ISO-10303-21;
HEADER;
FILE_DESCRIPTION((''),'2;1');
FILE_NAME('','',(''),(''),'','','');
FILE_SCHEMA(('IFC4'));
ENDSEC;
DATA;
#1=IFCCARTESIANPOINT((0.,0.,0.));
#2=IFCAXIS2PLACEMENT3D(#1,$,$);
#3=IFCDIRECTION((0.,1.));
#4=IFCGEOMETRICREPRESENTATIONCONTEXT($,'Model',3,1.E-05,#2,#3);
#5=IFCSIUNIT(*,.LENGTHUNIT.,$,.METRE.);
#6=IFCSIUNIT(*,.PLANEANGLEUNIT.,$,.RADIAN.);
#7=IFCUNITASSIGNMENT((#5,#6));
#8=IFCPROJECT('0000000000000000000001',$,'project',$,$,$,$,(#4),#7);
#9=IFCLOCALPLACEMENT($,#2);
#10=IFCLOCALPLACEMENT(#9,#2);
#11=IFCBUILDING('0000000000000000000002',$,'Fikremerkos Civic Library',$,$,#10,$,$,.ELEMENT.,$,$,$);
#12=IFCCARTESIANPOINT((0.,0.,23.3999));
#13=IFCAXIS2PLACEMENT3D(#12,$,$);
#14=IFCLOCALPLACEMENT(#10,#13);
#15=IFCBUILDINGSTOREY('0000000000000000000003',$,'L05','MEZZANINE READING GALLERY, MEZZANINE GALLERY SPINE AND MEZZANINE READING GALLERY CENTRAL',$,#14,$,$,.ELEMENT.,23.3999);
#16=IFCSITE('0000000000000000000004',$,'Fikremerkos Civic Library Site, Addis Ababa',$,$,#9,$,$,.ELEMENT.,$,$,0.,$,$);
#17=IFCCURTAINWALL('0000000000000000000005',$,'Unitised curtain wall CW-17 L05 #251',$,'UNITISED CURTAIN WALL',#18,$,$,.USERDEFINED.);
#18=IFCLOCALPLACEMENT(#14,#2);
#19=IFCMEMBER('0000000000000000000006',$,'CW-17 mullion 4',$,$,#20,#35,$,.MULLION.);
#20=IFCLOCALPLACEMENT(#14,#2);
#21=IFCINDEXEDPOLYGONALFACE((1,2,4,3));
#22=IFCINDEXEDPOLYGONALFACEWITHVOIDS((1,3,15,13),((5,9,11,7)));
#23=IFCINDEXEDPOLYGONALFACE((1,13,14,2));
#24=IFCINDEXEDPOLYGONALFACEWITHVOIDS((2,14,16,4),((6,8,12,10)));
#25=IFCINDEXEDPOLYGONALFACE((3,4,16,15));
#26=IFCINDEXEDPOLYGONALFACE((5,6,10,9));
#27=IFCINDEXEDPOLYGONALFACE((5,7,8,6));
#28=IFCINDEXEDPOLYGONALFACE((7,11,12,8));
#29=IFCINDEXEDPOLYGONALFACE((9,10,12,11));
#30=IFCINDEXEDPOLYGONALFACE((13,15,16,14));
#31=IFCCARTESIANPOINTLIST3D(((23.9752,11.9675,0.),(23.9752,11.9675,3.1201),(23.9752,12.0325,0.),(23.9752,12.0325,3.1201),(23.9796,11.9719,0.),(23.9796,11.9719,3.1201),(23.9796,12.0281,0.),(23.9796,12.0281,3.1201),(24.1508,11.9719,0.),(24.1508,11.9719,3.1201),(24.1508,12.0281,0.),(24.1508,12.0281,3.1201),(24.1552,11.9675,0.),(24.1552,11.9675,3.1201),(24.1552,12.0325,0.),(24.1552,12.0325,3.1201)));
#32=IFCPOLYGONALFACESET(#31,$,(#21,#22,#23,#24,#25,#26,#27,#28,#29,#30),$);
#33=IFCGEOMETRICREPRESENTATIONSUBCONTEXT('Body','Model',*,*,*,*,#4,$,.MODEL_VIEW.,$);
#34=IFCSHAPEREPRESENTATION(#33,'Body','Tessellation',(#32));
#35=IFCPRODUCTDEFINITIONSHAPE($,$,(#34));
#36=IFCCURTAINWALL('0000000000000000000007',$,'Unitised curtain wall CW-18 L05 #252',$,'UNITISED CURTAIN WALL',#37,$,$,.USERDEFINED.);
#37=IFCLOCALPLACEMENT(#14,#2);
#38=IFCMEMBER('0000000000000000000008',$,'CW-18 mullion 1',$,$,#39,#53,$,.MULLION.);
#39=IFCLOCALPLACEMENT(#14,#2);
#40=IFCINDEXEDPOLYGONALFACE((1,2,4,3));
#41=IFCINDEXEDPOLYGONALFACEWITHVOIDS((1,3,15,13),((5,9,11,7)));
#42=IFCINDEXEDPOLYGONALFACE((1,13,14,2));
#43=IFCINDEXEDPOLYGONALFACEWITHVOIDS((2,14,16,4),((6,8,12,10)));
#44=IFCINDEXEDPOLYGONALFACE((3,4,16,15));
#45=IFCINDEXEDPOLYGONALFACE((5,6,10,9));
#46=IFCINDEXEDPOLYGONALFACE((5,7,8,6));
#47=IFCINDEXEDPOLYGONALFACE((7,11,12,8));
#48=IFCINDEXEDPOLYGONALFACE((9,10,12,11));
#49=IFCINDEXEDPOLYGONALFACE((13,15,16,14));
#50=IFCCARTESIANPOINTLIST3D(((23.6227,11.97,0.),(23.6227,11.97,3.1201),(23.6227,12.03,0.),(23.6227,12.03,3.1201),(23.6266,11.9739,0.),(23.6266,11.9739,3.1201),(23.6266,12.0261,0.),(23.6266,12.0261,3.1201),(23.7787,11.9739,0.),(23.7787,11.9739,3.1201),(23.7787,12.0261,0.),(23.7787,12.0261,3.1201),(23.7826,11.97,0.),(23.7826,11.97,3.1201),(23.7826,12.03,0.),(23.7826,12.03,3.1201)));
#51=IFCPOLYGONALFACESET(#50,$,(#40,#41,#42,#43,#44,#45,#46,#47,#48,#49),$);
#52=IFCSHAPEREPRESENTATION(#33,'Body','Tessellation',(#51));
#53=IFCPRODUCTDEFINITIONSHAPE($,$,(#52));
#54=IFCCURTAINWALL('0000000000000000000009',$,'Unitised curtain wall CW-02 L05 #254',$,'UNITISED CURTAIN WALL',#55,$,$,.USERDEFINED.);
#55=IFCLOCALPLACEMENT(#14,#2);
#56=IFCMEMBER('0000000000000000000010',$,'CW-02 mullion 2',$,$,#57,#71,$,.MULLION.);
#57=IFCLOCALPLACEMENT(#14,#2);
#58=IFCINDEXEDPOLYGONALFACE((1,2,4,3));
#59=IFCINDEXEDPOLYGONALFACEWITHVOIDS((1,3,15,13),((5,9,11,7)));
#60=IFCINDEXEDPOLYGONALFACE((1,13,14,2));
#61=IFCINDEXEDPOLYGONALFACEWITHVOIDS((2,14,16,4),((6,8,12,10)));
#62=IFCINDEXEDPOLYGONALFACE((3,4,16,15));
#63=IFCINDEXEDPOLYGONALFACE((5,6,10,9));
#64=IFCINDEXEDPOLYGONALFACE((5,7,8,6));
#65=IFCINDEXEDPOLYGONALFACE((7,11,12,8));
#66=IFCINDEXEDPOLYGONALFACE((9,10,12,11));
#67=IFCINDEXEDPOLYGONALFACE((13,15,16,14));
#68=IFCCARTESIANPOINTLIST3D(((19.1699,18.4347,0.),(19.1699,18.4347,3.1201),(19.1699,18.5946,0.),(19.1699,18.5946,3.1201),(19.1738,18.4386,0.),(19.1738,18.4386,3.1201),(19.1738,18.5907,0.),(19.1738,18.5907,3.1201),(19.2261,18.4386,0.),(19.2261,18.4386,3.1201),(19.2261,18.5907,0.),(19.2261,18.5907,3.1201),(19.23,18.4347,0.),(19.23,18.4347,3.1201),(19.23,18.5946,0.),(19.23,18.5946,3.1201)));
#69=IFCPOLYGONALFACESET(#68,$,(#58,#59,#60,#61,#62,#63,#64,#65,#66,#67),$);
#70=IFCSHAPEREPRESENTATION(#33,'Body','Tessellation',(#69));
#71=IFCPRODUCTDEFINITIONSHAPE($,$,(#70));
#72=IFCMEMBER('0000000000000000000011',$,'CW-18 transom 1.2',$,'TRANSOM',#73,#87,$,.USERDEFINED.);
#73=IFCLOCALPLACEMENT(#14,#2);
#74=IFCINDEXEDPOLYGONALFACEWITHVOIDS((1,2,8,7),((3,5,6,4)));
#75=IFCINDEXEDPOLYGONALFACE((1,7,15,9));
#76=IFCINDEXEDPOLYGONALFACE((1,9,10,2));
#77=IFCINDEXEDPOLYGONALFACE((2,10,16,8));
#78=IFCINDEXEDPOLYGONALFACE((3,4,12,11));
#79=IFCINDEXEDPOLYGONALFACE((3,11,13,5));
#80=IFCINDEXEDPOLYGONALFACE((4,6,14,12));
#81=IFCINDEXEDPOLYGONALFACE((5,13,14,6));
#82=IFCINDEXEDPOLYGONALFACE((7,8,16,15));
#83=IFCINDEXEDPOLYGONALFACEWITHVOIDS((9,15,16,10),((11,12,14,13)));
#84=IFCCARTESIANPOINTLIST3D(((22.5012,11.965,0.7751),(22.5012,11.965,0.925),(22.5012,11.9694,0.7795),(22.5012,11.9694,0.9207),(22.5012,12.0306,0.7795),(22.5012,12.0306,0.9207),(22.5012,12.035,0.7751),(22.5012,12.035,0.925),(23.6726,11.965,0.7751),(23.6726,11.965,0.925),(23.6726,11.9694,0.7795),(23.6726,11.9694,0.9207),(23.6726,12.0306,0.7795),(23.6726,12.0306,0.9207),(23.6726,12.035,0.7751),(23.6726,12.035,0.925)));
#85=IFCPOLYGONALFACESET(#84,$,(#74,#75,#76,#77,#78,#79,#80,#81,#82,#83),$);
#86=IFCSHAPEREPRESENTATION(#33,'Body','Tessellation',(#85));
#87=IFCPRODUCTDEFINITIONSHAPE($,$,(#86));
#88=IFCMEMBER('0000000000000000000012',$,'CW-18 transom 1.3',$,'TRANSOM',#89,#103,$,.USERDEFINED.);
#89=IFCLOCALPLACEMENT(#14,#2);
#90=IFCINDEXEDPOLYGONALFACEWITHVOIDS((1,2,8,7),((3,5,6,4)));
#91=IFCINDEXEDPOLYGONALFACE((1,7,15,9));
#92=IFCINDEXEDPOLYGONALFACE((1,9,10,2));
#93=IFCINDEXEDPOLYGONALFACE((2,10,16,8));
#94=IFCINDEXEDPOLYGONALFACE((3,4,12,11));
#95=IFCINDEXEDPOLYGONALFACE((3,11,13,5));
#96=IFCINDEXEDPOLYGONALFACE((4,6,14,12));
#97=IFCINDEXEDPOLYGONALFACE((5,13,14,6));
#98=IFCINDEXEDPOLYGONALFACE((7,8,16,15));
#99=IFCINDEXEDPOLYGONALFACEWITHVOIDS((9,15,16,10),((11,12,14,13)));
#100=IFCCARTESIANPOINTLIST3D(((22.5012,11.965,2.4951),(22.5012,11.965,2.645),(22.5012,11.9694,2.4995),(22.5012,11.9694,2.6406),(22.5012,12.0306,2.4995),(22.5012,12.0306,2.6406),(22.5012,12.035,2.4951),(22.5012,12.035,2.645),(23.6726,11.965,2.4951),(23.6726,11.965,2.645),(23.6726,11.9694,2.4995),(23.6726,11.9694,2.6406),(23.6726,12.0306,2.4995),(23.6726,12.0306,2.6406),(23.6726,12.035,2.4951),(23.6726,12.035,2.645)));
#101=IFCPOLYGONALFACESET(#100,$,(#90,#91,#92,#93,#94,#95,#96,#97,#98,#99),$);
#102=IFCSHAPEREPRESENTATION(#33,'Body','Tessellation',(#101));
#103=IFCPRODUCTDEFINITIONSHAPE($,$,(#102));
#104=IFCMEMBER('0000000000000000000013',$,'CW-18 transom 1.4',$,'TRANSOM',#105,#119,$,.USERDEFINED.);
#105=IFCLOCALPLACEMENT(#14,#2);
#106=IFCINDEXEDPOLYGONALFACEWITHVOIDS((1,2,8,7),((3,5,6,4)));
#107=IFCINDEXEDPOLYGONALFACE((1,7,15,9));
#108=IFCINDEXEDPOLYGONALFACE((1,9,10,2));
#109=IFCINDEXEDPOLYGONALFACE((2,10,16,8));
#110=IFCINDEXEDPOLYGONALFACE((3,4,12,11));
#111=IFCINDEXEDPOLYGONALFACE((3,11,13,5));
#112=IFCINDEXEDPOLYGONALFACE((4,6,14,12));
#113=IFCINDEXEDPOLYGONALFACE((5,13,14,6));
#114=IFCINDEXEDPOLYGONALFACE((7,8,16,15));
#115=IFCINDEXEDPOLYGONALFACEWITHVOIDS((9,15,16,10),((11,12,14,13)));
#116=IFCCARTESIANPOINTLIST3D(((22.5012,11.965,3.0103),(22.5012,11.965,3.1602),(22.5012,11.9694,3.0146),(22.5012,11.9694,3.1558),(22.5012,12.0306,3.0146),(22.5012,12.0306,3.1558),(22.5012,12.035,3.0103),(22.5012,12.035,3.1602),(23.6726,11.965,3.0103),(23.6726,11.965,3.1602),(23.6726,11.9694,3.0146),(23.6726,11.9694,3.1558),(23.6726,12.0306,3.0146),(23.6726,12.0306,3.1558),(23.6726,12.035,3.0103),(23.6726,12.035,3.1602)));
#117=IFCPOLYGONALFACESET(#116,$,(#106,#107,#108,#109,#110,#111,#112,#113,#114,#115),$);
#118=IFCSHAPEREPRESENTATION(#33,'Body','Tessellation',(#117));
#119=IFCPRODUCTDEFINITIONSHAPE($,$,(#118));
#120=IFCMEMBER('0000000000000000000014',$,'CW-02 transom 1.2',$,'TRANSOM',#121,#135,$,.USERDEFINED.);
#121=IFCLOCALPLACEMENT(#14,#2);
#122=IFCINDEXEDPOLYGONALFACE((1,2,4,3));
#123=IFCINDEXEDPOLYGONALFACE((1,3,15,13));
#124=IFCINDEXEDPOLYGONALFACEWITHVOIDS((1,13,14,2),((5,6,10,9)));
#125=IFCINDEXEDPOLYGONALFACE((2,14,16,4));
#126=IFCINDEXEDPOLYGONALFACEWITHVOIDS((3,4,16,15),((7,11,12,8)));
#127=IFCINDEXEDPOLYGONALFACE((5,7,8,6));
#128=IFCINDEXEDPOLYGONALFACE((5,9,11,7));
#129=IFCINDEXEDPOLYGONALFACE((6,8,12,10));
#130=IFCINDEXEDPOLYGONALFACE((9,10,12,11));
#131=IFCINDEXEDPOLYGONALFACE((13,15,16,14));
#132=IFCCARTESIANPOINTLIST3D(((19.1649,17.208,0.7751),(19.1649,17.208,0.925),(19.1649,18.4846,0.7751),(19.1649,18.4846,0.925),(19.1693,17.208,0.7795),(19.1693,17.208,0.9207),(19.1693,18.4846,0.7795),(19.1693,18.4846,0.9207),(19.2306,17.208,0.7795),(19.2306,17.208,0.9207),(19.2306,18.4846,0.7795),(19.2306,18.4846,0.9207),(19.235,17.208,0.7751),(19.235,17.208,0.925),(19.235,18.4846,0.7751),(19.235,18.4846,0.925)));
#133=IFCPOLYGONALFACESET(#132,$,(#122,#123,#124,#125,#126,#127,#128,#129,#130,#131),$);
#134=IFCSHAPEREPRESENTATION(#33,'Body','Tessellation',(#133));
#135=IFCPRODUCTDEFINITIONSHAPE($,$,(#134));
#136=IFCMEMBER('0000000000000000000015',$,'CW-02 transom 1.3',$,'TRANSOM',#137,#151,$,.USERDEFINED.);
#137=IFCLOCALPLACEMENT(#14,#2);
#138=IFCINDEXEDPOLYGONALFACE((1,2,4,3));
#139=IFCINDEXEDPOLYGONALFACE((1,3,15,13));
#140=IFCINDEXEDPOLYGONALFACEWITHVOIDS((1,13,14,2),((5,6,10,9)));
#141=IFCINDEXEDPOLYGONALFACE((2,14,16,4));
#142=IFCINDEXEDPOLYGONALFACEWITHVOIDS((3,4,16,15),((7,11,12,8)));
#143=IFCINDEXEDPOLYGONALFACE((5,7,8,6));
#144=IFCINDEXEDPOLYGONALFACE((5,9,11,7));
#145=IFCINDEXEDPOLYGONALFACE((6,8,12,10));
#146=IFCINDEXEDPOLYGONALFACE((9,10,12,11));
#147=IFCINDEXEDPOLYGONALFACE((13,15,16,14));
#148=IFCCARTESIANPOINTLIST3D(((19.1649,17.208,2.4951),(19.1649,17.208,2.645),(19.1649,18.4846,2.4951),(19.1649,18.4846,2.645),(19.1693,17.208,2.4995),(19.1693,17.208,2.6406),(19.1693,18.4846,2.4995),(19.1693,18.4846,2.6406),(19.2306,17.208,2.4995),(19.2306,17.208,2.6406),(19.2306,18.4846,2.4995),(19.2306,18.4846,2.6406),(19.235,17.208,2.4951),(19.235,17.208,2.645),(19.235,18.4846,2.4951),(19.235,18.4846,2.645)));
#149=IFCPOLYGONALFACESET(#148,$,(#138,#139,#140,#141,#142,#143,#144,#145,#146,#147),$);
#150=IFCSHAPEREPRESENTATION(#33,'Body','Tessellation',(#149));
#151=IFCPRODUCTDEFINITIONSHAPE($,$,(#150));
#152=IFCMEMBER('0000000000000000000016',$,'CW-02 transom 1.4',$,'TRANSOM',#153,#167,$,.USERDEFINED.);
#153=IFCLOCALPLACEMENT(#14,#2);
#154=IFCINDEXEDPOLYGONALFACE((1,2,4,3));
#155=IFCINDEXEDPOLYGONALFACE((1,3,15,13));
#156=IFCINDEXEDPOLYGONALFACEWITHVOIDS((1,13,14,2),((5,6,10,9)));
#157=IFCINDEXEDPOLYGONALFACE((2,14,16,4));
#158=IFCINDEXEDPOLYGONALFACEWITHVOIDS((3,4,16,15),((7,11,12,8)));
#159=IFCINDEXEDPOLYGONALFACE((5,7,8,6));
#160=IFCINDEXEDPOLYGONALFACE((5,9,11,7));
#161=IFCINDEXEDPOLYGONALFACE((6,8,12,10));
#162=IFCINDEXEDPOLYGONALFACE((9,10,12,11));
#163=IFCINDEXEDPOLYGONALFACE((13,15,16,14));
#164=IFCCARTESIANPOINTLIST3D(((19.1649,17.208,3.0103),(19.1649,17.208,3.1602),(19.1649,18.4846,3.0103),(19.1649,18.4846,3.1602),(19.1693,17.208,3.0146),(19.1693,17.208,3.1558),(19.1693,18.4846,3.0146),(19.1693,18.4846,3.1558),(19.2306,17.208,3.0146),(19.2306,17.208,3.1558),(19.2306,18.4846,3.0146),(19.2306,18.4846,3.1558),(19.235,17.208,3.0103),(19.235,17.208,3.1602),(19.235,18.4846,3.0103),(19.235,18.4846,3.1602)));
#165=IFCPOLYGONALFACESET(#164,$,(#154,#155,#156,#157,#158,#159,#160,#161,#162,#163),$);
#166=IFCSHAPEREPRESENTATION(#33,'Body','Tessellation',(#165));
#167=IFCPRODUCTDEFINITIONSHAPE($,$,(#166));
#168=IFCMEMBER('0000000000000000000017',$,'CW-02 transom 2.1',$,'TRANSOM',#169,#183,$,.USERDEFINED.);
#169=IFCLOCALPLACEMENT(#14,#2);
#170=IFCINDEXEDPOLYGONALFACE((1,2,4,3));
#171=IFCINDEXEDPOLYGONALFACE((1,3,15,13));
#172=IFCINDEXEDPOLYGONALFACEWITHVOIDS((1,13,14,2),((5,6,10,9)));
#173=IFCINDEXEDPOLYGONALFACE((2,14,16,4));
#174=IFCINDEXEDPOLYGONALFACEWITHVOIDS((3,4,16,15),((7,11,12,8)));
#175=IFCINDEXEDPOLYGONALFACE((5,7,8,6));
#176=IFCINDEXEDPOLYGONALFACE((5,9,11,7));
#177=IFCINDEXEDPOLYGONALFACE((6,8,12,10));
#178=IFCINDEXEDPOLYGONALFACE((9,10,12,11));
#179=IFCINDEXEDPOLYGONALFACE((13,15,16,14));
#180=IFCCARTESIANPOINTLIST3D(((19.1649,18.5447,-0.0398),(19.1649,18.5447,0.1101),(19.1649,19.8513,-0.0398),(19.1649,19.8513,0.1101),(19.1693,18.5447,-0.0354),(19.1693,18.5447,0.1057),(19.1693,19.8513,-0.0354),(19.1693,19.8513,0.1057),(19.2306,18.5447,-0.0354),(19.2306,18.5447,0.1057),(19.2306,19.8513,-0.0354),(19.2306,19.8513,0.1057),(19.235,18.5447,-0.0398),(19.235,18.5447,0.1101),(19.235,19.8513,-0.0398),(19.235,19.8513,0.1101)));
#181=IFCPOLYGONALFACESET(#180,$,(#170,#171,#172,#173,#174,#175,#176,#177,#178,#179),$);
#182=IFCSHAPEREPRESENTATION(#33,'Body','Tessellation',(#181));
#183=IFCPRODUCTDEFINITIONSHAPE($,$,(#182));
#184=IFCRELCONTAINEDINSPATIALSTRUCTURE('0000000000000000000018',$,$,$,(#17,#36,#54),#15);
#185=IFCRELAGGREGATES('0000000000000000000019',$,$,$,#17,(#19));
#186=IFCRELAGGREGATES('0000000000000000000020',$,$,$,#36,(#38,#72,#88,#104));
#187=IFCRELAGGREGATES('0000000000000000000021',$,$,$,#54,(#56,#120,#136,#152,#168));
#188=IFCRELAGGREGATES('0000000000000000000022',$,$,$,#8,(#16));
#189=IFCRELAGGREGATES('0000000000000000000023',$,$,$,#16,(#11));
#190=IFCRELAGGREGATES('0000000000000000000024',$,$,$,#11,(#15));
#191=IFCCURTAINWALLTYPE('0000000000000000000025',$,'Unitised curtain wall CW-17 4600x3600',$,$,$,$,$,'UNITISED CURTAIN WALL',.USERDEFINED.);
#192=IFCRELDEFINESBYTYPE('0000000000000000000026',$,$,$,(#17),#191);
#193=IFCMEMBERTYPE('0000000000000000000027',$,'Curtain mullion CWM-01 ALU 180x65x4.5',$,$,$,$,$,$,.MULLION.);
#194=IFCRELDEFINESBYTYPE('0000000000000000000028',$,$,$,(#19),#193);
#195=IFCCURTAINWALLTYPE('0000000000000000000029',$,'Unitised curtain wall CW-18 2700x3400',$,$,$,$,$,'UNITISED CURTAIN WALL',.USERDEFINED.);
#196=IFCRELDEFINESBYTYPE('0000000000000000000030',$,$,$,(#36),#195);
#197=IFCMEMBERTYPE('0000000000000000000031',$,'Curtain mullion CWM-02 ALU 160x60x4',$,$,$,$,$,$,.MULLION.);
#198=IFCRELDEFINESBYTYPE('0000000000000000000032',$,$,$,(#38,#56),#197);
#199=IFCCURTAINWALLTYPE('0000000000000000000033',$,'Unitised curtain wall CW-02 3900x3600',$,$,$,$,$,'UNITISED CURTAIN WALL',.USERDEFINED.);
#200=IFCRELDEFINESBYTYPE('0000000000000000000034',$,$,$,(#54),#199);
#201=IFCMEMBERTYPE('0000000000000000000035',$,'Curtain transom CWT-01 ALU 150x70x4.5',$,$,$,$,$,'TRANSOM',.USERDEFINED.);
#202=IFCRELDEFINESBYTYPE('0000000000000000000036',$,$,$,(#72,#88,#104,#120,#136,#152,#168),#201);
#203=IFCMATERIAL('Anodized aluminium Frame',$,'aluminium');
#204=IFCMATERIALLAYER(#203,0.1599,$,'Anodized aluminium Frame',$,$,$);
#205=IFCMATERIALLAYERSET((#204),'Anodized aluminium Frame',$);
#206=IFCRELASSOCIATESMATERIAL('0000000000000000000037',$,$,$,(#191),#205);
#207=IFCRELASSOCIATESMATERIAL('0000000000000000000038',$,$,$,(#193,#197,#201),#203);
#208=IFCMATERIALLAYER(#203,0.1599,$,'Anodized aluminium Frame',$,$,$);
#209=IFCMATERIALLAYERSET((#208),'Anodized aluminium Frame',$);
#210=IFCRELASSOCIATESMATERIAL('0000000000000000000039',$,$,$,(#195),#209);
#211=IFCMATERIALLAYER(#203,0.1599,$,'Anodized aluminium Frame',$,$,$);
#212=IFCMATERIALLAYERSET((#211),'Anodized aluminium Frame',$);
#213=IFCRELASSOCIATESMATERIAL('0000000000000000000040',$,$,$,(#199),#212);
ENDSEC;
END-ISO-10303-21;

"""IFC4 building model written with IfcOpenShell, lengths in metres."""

from ifc_helpers import new_model, si_unit, direction, frame, origin, origin_2d, place, context, subcontext, project, spatial, hollow_rectangle, extrude, material, layer, layer_set, material_profile, profile_set, type_object, element, aggregate, save


model = new_model("IFC4")

# Units and contexts
model_context = context("Model", 3, precision=1e-05, world=origin(), true_north=direction((0.0, 1.0)))
body_context = subcontext(model_context, "Body", "Model", "MODEL_VIEW")
ifc_project = project(units=[si_unit("LENGTHUNIT", "METRE"), si_unit("PLANEANGLEUNIT", "RADIAN")], contexts=[model_context])

# Site, building, storey
site_placement = place(None, origin())
site = spatial("IfcSite", under=ifc_project, at=site_placement, Name="Fikremerkos Civic Library Site, Addis Ababa", CompositionType="ELEMENT", RefElevation=0.0)
building_placement = place(site_placement, origin())
building = spatial("IfcBuilding", under=site, at=building_placement, Name="Fikremerkos Civic Library", CompositionType="ELEMENT")
storey_placement = place(building_placement, frame((0.0, 0.0, 23.3999)))
storey = spatial("IfcBuildingStorey", under=building, at=storey_placement, Name="L05", Description="MEZZANINE READING GALLERY, MEZZANINE GALLERY SPINE AND MEZZANINE READING GALLERY CENTRAL", CompositionType="ELEMENT", Elevation=23.3999)

# Curtain walls, members
ifc_material_1 = material(Name="Anodized aluminium Frame", Category="aluminium")
ifc_layer_1 = layer(ifc_material_1, 0.1599, Name="Anodized aluminium Frame")
ifc_layer_set_1 = layer_set([ifc_layer_1], Name="Anodized aluminium Frame")
curtain_wall_type_1 = type_object("IfcCurtainWallType", Name="Unitised curtain wall CW-17 4600x3600", ElementType="UNITISED CURTAIN WALL", PredefinedType="USERDEFINED", material=ifc_layer_set_1)
curtain_wall_1_placement = place(storey_placement, origin())
curtain_wall_1 = element("IfcCurtainWall", 1, at=curtain_wall_1_placement, inside=storey, type_object=curtain_wall_type_1, Name="Unitised curtain wall CW-17 L05 #251", ObjectType="UNITISED CURTAIN WALL", PredefinedType="USERDEFINED")
ifc_material_profile_1 = material_profile(ifc_material_1, hollow_rectangle(XDim=0.0649, YDim=0.1799, WallThickness=0.0044, at=origin_2d()), Name="ALU 180x65x4.5")
ifc_profile_set_1 = profile_set([ifc_material_profile_1], Name="Anodized aluminium Frame")
member_type_1 = type_object("IfcMemberType", Name="Curtain mullion CWM-01 ALU 180x65x4.5", PredefinedType="MULLION", material=ifc_profile_set_1)
member_1_placement = place(storey_placement, frame((24.0652, 12.0, 0.0), z_axis=(0.0, 0.0, 1.0), x_axis=(0.0, -1.0, 0.0)))
member_1 = element("IfcMember", 2, at=member_1_placement, type_object=member_type_1, Name="CW-17 mullion 4", PredefinedType="MULLION", context=body_context, shape_type="SweptSolid", body=[
    extrude(hollow_rectangle(XDim=0.0649, YDim=0.1799, WallThickness=0.0044, at=origin_2d()), origin(), (0.0, 0.0, 1.0), 3.1201),
])
aggregate(curtain_wall_1, [member_1])
ifc_layer_2 = layer(ifc_material_1, 0.1599, Name="Anodized aluminium Frame")
ifc_layer_set_2 = layer_set([ifc_layer_2], Name="Anodized aluminium Frame")
curtain_wall_type_2 = type_object("IfcCurtainWallType", Name="Unitised curtain wall CW-18 2700x3400", ElementType="UNITISED CURTAIN WALL", PredefinedType="USERDEFINED", material=ifc_layer_set_2)
curtain_wall_2_placement = place(storey_placement, origin())
curtain_wall_2 = element("IfcCurtainWall", 3, at=curtain_wall_2_placement, inside=storey, type_object=curtain_wall_type_2, Name="Unitised curtain wall CW-18 L05 #252", ObjectType="UNITISED CURTAIN WALL", PredefinedType="USERDEFINED")
ifc_material_profile_2 = material_profile(ifc_material_1, hollow_rectangle(XDim=0.0601, YDim=0.1599, WallThickness=0.0039, at=origin_2d()), Name="ALU 160x60x4")
ifc_profile_set_2 = profile_set([ifc_material_profile_2], Name="Anodized aluminium Frame")
member_type_2 = type_object("IfcMemberType", Name="Curtain mullion CWM-02 ALU 160x60x4", PredefinedType="MULLION", material=ifc_profile_set_2)
member_2_placement = place(storey_placement, frame((23.7026, 12.0, 0.0), z_axis=(0.0, 0.0, 1.0), x_axis=(0.0, -1.0, 0.0)))
member_2 = element("IfcMember", 4, at=member_2_placement, type_object=member_type_2, Name="CW-18 mullion 1", PredefinedType="MULLION", context=body_context, shape_type="SweptSolid", body=[
    extrude(hollow_rectangle(XDim=0.0601, YDim=0.1599, WallThickness=0.0039, at=origin_2d()), origin(), (0.0, 0.0, 1.0), 3.1201),
])
ifc_layer_3 = layer(ifc_material_1, 0.1599, Name="Anodized aluminium Frame")
ifc_layer_set_3 = layer_set([ifc_layer_3], Name="Anodized aluminium Frame")
curtain_wall_type_3 = type_object("IfcCurtainWallType", Name="Unitised curtain wall CW-02 3900x3600", ElementType="UNITISED CURTAIN WALL", PredefinedType="USERDEFINED", material=ifc_layer_set_3)
curtain_wall_3_placement = place(storey_placement, origin())
curtain_wall_3 = element("IfcCurtainWall", 5, at=curtain_wall_3_placement, inside=storey, type_object=curtain_wall_type_3, Name="Unitised curtain wall CW-02 L05 #254", ObjectType="UNITISED CURTAIN WALL", PredefinedType="USERDEFINED")
member_3_placement = place(storey_placement, frame((19.2, 18.5146, 0.0), z_axis=(0.0, 0.0, 1.0), x_axis=(-1.0, 0.0, 0.0)))
member_3 = element("IfcMember", 6, at=member_3_placement, type_object=member_type_2, Name="CW-02 mullion 2", PredefinedType="MULLION", context=body_context, shape_type="SweptSolid", body=[
    extrude(hollow_rectangle(XDim=0.0601, YDim=0.1599, WallThickness=0.0039, at=origin_2d()), origin(), (0.0, 0.0, 1.0), 3.1201),
])

# Members
ifc_material_profile_3 = material_profile(ifc_material_1, hollow_rectangle(XDim=0.0701, YDim=0.1499, WallThickness=0.0044, at=origin_2d()), Name="ALU 150x70x4.5")
ifc_profile_set_3 = profile_set([ifc_material_profile_3], Name="Anodized aluminium Frame")
member_type_3 = type_object("IfcMemberType", Name="Curtain transom CWT-01 ALU 150x70x4.5", ElementType="TRANSOM", PredefinedType="USERDEFINED", material=ifc_profile_set_3)
member_4_placement = place(storey_placement, frame((23.6726, 12.0, 0.8501), z_axis=(-1.0, 0.0, 0.0), x_axis=(0.0, -1.0, 0.0)))
member_4 = element("IfcMember", 7, at=member_4_placement, type_object=member_type_3, Name="CW-18 transom 1.2", ObjectType="TRANSOM", PredefinedType="USERDEFINED", context=body_context, shape_type="SweptSolid", body=[
    extrude(hollow_rectangle(XDim=0.0701, YDim=0.1499, WallThickness=0.0044, at=origin_2d()), origin(), (0.0, 0.0, 1.0), 1.1714),
])
member_5_placement = place(storey_placement, frame((23.6726, 12.0, 2.5701), z_axis=(-1.0, 0.0, 0.0), x_axis=(0.0, -1.0, 0.0)))
member_5 = element("IfcMember", 8, at=member_5_placement, type_object=member_type_3, Name="CW-18 transom 1.3", ObjectType="TRANSOM", PredefinedType="USERDEFINED", context=body_context, shape_type="SweptSolid", body=[
    extrude(hollow_rectangle(XDim=0.0701, YDim=0.1499, WallThickness=0.0044, at=origin_2d()), origin(), (0.0, 0.0, 1.0), 1.1714),
])
member_6_placement = place(storey_placement, frame((23.6726, 12.0, 3.0852), z_axis=(-1.0, 0.0, 0.0), x_axis=(0.0, -1.0, 0.0)))
member_6 = element("IfcMember", 9, at=member_6_placement, type_object=member_type_3, Name="CW-18 transom 1.4", ObjectType="TRANSOM", PredefinedType="USERDEFINED", context=body_context, shape_type="SweptSolid", body=[
    extrude(hollow_rectangle(XDim=0.0701, YDim=0.1499, WallThickness=0.0044, at=origin_2d()), origin(), (0.0, 0.0, 1.0), 1.1714),
])
aggregate(curtain_wall_2, [member_2, member_4, member_5, member_6])
member_7_placement = place(storey_placement, frame((19.2, 17.208, 0.8501), z_axis=(0.0, 1.0, 0.0), x_axis=(-1.0, 0.0, 0.0)))
member_7 = element("IfcMember", 10, at=member_7_placement, type_object=member_type_3, Name="CW-02 transom 1.2", ObjectType="TRANSOM", PredefinedType="USERDEFINED", context=body_context, shape_type="SweptSolid", body=[
    extrude(hollow_rectangle(XDim=0.0701, YDim=0.1499, WallThickness=0.0044, at=origin_2d()), origin(), (0.0, 0.0, 1.0), 1.2766),
])
member_8_placement = place(storey_placement, frame((19.2, 17.208, 2.5701), z_axis=(0.0, 1.0, 0.0), x_axis=(-1.0, 0.0, 0.0)))
member_8 = element("IfcMember", 11, at=member_8_placement, type_object=member_type_3, Name="CW-02 transom 1.3", ObjectType="TRANSOM", PredefinedType="USERDEFINED", context=body_context, shape_type="SweptSolid", body=[
    extrude(hollow_rectangle(XDim=0.0701, YDim=0.1499, WallThickness=0.0044, at=origin_2d()), origin(), (0.0, 0.0, 1.0), 1.2766),
])
member_9_placement = place(storey_placement, frame((19.2, 17.208, 3.0852), z_axis=(0.0, 1.0, 0.0), x_axis=(-1.0, 0.0, 0.0)))
member_9 = element("IfcMember", 12, at=member_9_placement, type_object=member_type_3, Name="CW-02 transom 1.4", ObjectType="TRANSOM", PredefinedType="USERDEFINED", context=body_context, shape_type="SweptSolid", body=[
    extrude(hollow_rectangle(XDim=0.0701, YDim=0.1499, WallThickness=0.0044, at=origin_2d()), origin(), (0.0, 0.0, 1.0), 1.2766),
])
member_10_placement = place(storey_placement, frame((19.2, 18.5447, 0.0352), z_axis=(0.0, 1.0, 0.0), x_axis=(-1.0, 0.0, 0.0)))
member_10 = element("IfcMember", 13, at=member_10_placement, type_object=member_type_3, Name="CW-02 transom 2.1", ObjectType="TRANSOM", PredefinedType="USERDEFINED", context=body_context, shape_type="SweptSolid", body=[
    extrude(hollow_rectangle(XDim=0.0701, YDim=0.1499, WallThickness=0.0044, at=origin_2d()), origin(), (0.0, 0.0, 1.0), 1.3066),
])

aggregate(curtain_wall_3, [member_3, member_7, member_8, member_9, member_10])

save(model, "model.ifc")
